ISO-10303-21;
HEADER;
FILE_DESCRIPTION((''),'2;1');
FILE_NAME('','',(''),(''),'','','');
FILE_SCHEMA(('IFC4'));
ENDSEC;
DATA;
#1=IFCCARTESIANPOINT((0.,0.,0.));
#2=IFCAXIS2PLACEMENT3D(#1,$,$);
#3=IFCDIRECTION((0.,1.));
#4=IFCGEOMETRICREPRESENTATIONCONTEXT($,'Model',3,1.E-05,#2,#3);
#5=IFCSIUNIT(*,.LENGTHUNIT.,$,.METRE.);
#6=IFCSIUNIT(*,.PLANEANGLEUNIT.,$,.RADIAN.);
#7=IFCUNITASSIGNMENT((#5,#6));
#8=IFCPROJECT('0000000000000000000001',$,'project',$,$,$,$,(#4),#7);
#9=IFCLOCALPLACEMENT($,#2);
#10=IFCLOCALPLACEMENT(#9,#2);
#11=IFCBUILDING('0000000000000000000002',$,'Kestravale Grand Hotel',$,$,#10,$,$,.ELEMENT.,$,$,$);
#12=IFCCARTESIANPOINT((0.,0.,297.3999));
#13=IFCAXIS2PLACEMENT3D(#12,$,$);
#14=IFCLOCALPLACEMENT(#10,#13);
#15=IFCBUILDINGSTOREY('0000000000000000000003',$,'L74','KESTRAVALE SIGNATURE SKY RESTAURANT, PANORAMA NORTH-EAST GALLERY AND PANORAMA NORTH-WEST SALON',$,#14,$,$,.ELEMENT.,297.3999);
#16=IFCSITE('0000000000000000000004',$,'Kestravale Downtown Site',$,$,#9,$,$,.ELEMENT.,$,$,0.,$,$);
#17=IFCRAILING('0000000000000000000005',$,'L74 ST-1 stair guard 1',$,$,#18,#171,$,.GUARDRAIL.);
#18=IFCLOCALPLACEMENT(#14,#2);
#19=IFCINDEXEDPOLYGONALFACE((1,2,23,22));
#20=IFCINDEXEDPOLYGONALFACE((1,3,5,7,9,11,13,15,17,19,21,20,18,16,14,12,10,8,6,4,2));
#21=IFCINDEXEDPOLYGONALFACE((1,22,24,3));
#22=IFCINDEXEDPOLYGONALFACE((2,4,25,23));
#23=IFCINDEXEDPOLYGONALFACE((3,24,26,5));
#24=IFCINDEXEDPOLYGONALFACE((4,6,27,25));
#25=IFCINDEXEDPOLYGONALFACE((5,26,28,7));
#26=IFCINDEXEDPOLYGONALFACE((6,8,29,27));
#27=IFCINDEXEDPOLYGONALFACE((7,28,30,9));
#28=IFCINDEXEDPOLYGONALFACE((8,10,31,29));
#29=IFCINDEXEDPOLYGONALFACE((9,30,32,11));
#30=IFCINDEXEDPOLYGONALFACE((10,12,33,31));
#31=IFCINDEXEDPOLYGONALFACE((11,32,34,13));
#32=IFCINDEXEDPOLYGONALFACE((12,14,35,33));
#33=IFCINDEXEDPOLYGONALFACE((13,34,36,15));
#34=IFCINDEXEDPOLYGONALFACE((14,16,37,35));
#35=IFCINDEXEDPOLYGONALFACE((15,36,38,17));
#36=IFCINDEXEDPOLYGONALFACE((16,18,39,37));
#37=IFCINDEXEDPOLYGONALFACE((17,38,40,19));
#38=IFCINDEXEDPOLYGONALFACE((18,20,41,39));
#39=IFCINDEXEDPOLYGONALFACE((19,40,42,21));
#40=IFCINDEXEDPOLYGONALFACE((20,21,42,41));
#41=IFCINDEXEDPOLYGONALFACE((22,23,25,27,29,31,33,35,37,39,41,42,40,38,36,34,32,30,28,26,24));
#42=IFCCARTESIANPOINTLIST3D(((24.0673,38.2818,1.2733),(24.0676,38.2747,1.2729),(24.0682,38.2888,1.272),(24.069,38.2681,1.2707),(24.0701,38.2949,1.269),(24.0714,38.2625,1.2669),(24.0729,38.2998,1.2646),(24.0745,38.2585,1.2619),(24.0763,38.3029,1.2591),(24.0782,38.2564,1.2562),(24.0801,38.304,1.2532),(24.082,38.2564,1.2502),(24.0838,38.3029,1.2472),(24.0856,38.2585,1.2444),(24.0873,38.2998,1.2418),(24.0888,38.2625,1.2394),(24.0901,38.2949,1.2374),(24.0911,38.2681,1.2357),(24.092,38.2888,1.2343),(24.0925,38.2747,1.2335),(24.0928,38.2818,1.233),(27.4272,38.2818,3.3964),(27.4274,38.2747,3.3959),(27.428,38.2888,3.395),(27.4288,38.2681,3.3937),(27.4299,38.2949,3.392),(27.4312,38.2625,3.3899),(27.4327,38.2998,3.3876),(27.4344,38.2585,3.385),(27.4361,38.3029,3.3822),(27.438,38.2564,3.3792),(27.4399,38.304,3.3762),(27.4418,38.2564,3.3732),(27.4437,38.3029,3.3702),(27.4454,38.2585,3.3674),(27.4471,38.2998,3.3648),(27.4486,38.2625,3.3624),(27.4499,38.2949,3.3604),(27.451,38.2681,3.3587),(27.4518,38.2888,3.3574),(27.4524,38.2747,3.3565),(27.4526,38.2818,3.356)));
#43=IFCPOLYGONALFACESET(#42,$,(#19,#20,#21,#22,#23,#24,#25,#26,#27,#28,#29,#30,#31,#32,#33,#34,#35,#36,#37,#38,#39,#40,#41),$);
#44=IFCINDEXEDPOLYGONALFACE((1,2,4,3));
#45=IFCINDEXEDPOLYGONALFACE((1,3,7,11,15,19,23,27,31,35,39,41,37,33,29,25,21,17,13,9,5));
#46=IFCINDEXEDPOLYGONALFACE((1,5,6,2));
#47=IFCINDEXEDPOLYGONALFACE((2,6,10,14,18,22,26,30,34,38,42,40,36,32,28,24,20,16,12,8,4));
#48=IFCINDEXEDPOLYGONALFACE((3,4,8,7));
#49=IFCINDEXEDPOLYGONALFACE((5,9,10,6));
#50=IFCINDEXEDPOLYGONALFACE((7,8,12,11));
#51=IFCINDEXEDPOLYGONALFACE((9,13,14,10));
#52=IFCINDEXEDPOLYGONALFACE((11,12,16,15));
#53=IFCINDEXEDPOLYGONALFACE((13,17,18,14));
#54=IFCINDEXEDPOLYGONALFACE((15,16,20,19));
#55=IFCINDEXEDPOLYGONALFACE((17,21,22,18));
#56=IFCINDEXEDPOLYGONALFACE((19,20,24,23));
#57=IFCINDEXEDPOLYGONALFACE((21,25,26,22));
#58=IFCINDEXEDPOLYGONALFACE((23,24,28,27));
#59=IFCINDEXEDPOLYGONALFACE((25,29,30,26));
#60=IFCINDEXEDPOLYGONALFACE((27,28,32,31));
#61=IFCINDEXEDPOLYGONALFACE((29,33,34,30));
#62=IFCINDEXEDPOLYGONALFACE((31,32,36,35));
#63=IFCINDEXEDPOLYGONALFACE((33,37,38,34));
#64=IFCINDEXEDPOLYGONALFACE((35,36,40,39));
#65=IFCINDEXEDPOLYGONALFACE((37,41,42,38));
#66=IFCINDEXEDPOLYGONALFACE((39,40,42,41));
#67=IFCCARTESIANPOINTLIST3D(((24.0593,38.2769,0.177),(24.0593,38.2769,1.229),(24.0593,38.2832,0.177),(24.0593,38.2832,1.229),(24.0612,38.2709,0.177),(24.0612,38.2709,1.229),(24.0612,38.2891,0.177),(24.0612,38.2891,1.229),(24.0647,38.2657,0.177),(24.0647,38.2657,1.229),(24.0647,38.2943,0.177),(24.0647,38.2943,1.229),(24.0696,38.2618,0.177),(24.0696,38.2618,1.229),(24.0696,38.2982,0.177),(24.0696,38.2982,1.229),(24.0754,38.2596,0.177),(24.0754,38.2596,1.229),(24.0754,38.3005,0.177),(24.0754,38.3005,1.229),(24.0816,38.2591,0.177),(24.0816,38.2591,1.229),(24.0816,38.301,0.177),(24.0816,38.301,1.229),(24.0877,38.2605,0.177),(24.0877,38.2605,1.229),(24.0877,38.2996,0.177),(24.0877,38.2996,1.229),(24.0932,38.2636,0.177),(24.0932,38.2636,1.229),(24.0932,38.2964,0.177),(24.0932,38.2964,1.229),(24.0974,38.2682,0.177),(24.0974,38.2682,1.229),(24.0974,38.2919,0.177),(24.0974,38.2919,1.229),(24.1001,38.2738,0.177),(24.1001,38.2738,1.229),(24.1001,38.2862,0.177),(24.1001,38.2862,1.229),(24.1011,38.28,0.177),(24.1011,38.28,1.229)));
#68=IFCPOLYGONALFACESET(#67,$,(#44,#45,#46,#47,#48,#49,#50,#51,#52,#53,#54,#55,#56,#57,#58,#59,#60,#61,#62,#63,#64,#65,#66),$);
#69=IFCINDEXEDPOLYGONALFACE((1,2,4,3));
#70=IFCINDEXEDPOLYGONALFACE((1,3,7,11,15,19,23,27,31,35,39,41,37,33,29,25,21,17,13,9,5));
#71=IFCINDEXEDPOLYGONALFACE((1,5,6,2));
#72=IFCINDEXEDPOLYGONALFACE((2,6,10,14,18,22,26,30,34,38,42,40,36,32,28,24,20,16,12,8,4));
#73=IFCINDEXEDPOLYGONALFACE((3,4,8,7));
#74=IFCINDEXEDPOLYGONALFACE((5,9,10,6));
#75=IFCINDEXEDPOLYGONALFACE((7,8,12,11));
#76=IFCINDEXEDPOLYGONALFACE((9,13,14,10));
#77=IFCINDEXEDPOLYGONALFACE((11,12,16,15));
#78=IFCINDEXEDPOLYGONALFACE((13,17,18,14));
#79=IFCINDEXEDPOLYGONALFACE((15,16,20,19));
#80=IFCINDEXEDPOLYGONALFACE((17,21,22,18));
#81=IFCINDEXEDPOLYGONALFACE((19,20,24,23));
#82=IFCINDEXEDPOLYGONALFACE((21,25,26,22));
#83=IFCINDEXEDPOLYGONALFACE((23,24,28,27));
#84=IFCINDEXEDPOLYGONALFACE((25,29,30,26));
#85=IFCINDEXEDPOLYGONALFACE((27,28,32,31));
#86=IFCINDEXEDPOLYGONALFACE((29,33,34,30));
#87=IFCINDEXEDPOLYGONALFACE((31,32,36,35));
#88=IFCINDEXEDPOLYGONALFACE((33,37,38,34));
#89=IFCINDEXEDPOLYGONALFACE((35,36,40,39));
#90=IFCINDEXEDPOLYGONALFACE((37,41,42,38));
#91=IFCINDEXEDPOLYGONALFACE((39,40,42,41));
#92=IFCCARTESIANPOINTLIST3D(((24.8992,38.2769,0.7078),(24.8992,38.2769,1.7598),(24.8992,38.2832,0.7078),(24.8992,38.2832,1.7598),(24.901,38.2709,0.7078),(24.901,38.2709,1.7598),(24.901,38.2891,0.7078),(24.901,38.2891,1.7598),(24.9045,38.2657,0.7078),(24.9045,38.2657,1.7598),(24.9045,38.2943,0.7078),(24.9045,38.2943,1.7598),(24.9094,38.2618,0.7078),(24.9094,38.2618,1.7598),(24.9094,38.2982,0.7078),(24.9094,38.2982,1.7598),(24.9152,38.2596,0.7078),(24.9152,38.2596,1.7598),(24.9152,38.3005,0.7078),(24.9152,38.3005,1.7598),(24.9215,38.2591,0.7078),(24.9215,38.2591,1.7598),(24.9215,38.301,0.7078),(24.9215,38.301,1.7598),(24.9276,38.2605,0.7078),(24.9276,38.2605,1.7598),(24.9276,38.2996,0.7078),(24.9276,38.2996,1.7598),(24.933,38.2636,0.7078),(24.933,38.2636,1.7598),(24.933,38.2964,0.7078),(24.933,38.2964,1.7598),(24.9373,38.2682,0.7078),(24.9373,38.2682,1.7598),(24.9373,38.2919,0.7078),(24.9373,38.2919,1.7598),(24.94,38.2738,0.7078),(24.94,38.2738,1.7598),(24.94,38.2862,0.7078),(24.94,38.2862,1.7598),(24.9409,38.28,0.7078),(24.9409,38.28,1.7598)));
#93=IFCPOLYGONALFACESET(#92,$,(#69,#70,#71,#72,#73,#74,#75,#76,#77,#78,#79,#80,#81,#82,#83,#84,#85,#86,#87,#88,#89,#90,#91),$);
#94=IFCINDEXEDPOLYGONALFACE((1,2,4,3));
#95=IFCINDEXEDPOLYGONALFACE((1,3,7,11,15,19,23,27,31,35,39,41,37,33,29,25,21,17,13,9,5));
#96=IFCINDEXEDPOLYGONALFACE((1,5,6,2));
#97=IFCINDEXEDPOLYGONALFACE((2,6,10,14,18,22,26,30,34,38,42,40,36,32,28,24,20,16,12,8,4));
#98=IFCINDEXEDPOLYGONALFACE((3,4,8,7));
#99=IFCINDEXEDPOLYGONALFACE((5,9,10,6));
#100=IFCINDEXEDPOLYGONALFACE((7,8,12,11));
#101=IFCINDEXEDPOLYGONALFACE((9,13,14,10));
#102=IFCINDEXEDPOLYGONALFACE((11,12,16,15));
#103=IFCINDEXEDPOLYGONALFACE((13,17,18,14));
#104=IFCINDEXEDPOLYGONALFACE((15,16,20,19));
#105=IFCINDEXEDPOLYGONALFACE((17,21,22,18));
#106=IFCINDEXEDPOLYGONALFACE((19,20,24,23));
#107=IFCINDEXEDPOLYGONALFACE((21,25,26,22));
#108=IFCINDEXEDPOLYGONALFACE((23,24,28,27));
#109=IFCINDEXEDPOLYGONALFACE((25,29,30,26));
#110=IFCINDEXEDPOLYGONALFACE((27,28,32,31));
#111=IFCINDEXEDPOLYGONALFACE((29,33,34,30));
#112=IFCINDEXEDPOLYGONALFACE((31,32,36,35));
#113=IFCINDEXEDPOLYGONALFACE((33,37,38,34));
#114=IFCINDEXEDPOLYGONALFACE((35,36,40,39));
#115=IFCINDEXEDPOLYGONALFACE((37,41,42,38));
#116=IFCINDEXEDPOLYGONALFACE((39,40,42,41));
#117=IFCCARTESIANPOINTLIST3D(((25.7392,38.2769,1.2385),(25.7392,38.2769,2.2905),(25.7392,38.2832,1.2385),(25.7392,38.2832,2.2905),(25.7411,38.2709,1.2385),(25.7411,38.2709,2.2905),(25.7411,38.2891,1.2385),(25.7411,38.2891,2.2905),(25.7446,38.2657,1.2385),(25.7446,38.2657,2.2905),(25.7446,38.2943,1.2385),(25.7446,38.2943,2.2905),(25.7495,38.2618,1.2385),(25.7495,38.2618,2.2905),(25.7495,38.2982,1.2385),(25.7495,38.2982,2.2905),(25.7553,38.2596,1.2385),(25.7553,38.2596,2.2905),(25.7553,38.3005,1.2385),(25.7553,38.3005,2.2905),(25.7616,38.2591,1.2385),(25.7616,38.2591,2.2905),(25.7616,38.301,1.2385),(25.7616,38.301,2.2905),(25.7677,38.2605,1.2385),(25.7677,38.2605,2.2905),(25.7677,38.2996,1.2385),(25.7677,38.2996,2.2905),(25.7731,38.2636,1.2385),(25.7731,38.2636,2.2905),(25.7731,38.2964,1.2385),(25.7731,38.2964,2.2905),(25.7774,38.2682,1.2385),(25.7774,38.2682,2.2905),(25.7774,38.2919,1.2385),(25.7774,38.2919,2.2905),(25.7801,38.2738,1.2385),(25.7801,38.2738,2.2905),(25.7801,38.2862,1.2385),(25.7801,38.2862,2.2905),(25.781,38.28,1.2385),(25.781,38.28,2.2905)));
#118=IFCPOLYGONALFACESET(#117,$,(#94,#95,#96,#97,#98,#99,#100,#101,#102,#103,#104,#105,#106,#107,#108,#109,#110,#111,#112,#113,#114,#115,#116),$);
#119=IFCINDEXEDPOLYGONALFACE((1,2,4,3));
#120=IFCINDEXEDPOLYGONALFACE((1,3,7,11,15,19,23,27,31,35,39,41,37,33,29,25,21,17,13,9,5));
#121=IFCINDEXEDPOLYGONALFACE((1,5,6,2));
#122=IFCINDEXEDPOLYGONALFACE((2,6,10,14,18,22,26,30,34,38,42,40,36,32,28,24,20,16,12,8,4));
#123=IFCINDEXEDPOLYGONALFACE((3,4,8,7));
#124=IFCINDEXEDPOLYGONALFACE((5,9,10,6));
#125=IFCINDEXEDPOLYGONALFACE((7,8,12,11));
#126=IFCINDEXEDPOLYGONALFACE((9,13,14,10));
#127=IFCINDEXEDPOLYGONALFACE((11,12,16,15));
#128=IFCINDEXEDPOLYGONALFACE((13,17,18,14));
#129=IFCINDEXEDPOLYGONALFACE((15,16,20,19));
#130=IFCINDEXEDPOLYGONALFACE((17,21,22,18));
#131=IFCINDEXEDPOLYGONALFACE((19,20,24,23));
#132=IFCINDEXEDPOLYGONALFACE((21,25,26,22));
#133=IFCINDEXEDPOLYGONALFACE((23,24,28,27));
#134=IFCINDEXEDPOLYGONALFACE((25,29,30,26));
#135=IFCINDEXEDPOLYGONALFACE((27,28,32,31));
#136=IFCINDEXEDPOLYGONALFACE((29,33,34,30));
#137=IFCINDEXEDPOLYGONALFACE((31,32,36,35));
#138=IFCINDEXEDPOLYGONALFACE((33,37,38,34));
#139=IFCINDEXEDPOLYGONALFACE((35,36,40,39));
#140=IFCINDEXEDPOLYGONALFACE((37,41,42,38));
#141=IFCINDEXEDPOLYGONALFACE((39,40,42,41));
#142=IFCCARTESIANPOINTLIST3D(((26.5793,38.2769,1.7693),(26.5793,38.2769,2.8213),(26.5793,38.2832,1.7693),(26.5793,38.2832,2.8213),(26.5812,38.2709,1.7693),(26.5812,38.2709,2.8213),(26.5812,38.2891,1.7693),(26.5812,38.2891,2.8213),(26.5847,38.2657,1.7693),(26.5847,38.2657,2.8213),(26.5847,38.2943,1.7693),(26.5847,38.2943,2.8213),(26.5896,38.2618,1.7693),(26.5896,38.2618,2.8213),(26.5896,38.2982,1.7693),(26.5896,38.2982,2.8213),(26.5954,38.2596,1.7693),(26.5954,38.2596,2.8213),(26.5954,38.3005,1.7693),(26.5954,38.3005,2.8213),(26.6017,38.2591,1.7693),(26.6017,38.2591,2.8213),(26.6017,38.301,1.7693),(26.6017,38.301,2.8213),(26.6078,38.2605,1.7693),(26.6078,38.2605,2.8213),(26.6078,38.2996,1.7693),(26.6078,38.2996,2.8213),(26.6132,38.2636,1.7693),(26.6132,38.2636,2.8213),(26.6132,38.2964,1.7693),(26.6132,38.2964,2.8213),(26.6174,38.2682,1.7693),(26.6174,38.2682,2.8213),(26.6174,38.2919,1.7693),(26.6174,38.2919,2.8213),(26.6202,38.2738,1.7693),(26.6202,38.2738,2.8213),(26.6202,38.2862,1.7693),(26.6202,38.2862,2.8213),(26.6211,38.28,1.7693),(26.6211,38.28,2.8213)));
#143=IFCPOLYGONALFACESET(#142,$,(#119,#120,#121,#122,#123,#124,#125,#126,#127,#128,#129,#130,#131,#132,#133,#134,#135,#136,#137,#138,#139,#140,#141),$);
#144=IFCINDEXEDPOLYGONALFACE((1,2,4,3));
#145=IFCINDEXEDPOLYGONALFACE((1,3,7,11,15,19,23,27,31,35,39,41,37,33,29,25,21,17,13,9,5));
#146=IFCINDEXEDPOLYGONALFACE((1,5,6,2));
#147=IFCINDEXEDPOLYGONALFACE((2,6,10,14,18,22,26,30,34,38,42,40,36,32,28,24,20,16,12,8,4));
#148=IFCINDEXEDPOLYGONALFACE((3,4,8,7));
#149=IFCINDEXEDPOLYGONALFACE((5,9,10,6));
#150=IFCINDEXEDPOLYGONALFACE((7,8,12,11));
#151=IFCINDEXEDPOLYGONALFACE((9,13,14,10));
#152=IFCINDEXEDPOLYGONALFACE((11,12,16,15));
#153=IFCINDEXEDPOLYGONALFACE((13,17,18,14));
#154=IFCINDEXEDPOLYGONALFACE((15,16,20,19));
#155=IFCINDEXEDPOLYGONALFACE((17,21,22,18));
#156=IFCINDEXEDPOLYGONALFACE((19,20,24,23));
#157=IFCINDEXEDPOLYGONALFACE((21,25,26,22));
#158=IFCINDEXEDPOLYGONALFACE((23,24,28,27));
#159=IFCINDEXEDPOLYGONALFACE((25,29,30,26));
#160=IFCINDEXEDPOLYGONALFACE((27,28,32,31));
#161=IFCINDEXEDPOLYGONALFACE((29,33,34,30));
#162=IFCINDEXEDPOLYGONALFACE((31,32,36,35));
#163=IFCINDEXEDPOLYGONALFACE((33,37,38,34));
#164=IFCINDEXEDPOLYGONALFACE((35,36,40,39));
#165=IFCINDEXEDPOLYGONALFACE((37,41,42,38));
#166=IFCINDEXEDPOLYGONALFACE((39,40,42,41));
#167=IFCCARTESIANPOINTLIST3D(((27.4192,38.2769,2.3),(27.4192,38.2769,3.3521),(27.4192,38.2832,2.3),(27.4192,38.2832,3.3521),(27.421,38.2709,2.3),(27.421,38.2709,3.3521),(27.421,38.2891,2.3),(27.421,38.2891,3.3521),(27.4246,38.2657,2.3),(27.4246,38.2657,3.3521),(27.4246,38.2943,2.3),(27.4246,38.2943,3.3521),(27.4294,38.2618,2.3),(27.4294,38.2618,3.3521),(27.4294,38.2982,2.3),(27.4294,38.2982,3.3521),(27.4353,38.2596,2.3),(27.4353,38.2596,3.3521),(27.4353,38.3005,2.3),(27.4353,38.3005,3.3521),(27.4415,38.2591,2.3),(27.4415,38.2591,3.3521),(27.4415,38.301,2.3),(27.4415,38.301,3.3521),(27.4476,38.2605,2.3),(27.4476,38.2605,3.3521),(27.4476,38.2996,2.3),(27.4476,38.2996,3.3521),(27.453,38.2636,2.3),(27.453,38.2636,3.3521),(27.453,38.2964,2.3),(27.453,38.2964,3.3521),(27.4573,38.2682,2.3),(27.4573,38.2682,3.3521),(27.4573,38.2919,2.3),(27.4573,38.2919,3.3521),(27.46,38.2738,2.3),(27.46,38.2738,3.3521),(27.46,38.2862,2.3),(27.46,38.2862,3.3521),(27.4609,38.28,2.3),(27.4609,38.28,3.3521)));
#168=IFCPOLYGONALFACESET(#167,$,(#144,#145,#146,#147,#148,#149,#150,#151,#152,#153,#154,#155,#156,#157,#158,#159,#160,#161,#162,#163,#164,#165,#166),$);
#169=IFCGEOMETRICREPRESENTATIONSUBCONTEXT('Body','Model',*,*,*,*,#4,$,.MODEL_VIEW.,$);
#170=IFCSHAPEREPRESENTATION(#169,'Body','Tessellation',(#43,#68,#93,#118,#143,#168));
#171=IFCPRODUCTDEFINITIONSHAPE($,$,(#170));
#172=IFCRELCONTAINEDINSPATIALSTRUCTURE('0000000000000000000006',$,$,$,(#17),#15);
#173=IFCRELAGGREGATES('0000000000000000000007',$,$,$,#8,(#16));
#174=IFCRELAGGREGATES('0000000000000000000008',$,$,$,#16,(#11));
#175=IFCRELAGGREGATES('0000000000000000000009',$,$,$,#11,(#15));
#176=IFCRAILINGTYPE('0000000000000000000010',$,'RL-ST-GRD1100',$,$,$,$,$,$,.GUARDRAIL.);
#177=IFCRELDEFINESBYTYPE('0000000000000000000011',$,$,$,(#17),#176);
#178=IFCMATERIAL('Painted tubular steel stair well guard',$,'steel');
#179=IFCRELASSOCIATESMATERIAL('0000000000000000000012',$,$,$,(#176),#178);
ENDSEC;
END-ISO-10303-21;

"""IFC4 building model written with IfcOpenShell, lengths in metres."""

from ifc_helpers import new_model, si_unit, direction, frame, origin, origin_2d, place, context, subcontext, project, spatial, circle, extrude, material, type_object, element, save


model = new_model("IFC4")

# Units and contexts
model_context = context("Model", 3, precision=1e-05, world=origin(), true_north=direction((0.0, 1.0)))
body_context = subcontext(model_context, "Body", "Model", "MODEL_VIEW")
ifc_project = project(units=[si_unit("LENGTHUNIT", "METRE"), si_unit("PLANEANGLEUNIT", "RADIAN")], contexts=[model_context])

# Site, building, storey
site_placement = place(None, origin())
site = spatial("IfcSite", under=ifc_project, at=site_placement, Name="Kestravale Downtown Site", CompositionType="ELEMENT", RefElevation=0.0)
building_placement = place(site_placement, origin())
building = spatial("IfcBuilding", under=site, at=building_placement, Name="Kestravale Grand Hotel", CompositionType="ELEMENT")
storey_placement = place(building_placement, frame((0.0, 0.0, 297.3999)))
storey = spatial("IfcBuildingStorey", under=building, at=storey_placement, Name="L74", Description="KESTRAVALE SIGNATURE SKY RESTAURANT, PANORAMA NORTH-EAST GALLERY AND PANORAMA NORTH-WEST SALON", CompositionType="ELEMENT", Elevation=297.3999)

# Railing
ifc_material_1 = material(Name="Painted tubular steel stair well guard", Category="steel")
railing_type_1 = type_object("IfcRailingType", Name="RL-ST-GRD1100", PredefinedType="GUARDRAIL", material=ifc_material_1)
railing_1_placement = place(storey_placement, frame((24.0801, 38.28, 0.177)))
element("IfcRailing", 1, at=railing_1_placement, inside=storey, type_object=railing_type_1, Name="L74 ST-1 stair guard 1", PredefinedType="GUARDRAIL", context=body_context, shape_type="SweptSolid", body=[
    extrude(circle(Radius=0.0239, at=origin_2d()), frame((0.0, 0.0, 1.0762), z_axis=(0.845372, 0.0, 0.534178), x_axis=(0.0, 1.0, 0.0)), (0.0, 0.0, 1.0), 3.9744),
    extrude(circle(Radius=0.021, at=origin_2d()), origin(), (0.0, 0.0, 1.0), 1.052),
    extrude(circle(Radius=0.021, at=origin_2d()), frame((0.8398, 0.0, 0.5308)), (0.0, 0.0, 1.0), 1.052),
    extrude(circle(Radius=0.021, at=origin_2d()), frame((1.6799, 0.0, 1.0615)), (0.0, 0.0, 1.0), 1.052),
    extrude(circle(Radius=0.021, at=origin_2d()), frame((2.52, 0.0, 1.5923)), (0.0, 0.0, 1.0), 1.052),
    extrude(circle(Radius=0.021, at=origin_2d()), frame((3.3599, 0.0, 2.123)), (0.0, 0.0, 1.0), 1.052),
])

save(model, "model.ifc")
